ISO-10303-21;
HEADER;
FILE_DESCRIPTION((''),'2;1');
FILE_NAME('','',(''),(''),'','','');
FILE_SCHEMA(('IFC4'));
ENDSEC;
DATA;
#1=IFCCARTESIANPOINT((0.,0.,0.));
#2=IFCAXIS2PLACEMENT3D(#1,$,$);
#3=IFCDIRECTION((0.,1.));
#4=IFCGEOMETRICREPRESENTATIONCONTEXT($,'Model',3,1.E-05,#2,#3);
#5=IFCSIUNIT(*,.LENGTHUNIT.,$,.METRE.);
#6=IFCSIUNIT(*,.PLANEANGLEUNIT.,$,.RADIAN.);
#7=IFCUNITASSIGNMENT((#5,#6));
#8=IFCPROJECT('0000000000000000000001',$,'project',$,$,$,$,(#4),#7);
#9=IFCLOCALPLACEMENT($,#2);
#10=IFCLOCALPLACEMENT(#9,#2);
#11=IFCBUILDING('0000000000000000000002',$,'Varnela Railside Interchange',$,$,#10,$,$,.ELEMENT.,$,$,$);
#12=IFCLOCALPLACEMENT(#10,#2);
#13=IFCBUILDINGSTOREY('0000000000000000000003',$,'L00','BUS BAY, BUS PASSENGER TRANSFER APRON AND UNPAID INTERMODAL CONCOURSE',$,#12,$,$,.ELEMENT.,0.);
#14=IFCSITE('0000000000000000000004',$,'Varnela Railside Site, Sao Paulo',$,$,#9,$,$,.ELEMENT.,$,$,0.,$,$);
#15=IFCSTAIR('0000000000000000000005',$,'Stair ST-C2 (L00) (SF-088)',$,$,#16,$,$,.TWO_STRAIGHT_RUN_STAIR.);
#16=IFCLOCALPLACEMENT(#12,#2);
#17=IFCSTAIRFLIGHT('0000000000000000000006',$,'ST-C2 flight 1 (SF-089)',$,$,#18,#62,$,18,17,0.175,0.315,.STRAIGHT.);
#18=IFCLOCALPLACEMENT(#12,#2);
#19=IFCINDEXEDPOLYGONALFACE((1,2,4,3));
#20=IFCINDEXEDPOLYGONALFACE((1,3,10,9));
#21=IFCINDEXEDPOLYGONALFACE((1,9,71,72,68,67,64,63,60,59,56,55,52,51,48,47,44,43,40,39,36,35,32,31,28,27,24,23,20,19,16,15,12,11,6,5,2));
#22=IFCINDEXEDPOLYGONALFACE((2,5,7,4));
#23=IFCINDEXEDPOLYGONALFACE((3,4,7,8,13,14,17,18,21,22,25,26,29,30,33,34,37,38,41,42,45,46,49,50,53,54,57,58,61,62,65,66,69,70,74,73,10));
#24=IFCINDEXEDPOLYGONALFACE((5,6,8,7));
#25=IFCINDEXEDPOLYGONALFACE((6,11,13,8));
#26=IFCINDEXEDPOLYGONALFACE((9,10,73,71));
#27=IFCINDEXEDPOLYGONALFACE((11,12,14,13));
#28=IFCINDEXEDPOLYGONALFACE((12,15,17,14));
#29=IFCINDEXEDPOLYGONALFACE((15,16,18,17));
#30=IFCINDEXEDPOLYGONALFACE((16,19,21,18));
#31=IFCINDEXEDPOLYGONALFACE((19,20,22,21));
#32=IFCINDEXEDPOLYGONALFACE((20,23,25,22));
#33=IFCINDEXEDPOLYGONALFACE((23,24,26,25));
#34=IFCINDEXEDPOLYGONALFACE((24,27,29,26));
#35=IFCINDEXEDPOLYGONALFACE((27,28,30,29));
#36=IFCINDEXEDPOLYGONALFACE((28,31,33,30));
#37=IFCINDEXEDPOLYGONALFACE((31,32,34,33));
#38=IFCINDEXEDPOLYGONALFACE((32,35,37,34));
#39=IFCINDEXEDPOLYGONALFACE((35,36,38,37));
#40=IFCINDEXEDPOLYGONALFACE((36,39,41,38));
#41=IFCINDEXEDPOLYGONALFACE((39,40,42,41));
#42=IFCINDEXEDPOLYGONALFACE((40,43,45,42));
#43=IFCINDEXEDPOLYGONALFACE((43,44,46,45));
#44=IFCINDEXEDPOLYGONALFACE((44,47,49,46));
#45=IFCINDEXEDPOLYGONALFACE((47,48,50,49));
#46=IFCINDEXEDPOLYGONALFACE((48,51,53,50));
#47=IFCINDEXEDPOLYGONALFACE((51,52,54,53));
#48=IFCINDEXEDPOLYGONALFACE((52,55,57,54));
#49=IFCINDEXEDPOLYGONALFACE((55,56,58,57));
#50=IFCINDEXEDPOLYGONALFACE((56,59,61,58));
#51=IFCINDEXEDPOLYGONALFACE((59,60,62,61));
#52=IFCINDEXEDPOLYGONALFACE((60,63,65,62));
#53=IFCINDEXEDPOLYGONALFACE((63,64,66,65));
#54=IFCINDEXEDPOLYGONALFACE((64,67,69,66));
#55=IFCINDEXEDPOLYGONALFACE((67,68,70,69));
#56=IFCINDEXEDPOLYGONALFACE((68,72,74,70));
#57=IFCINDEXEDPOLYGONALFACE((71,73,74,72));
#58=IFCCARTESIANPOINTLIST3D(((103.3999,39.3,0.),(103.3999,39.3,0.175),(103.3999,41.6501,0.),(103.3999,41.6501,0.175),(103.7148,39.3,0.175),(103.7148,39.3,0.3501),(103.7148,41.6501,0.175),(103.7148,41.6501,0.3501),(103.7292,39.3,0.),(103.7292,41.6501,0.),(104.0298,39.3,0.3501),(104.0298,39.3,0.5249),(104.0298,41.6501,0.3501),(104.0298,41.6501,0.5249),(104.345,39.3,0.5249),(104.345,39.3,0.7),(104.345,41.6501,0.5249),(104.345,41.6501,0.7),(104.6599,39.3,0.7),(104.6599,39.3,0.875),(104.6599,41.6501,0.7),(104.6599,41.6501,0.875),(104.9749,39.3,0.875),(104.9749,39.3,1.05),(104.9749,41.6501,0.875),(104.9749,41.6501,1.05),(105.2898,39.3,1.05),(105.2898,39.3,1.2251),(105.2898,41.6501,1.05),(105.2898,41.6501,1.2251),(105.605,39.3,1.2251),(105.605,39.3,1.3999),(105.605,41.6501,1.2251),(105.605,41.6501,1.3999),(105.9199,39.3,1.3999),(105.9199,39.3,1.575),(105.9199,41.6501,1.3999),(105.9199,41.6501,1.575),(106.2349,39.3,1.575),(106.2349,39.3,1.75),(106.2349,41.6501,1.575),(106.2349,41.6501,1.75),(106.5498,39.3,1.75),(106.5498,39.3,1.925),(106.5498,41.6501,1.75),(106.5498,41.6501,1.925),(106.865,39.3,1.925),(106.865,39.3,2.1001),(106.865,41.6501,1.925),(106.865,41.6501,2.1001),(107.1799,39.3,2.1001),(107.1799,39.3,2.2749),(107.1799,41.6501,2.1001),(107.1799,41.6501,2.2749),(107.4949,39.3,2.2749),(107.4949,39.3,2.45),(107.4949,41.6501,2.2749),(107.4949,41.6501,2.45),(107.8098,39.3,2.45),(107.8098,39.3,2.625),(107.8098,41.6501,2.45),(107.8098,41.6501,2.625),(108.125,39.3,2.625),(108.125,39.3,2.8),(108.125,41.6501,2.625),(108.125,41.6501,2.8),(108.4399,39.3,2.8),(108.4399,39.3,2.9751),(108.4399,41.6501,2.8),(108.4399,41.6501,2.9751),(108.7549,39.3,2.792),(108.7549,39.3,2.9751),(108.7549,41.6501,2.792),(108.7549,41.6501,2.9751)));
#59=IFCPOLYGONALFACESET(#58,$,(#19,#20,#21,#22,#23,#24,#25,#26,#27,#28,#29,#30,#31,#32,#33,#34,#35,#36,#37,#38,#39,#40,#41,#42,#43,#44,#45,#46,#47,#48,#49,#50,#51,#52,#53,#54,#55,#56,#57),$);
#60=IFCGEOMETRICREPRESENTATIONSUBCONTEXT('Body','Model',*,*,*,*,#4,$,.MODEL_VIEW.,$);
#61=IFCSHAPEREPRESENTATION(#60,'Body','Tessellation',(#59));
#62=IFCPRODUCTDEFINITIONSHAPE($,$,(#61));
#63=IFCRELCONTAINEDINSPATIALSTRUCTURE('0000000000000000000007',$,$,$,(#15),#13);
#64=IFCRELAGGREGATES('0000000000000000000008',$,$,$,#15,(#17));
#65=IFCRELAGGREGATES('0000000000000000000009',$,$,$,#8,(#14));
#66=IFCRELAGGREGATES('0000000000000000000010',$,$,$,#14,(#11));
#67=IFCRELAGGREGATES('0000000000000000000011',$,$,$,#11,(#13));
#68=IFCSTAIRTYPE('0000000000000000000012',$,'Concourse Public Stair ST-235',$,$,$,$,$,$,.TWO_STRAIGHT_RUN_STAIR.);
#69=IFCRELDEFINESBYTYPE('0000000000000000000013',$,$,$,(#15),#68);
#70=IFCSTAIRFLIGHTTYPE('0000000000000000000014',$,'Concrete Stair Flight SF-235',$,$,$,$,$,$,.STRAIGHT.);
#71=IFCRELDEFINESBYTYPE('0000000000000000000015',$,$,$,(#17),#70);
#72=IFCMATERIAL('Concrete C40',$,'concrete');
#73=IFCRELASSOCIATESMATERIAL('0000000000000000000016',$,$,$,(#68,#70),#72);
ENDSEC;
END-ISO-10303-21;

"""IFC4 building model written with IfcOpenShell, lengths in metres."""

from ifc_helpers import new_model, si_unit, direction, frame, origin, place, context, subcontext, project, spatial, polyline, outline, extrude, material, type_object, element, aggregate, save


model = new_model("IFC4")

# Units and contexts
model_context = context("Model", 3, precision=1e-05, world=origin(), true_north=direction((0.0, 1.0)))
body_context = subcontext(model_context, "Body", "Model", "MODEL_VIEW")
ifc_project = project(units=[si_unit("LENGTHUNIT", "METRE"), si_unit("PLANEANGLEUNIT", "RADIAN")], contexts=[model_context])

# Site, building, storey
site_placement = place(None, origin())
site = spatial("IfcSite", under=ifc_project, at=site_placement, Name="Varnela Railside Site, Sao Paulo", CompositionType="ELEMENT", RefElevation=0.0)
building_placement = place(site_placement, origin())
building = spatial("IfcBuilding", under=site, at=building_placement, Name="Varnela Railside Interchange", CompositionType="ELEMENT")
storey_placement = place(building_placement, origin())
storey = spatial("IfcBuildingStorey", under=building, at=storey_placement, Name="L00", Description="BUS BAY, BUS PASSENGER TRANSFER APRON AND UNPAID INTERMODAL CONCOURSE", CompositionType="ELEMENT", Elevation=0.0)

# Shared definitions
ifc_material_1 = material(Name="Concrete C40", Category="concrete")

# Stair, stair flight
stair_type = type_object("IfcStairType", Name="Concourse Public Stair ST-235", PredefinedType="TWO_STRAIGHT_RUN_STAIR", material=ifc_material_1)
stair_placement = place(storey_placement, origin())
stair = element("IfcStair", 1, at=stair_placement, inside=storey, type_object=stair_type, Name="Stair ST-C2 (L00) (SF-088)", PredefinedType="TWO_STRAIGHT_RUN_STAIR")
stair_flight_type = type_object("IfcStairFlightType", Name="Concrete Stair Flight SF-235", PredefinedType="STRAIGHT", material=ifc_material_1)
stair_flight_placement = place(storey_placement, frame((103.3999, 40.4751, 0.0), z_axis=(0.0, 0.0, 1.0), x_axis=(1.0, 0.0, 0.0)))
stair_flight = element("IfcStairFlight", 2, at=stair_flight_placement, type_object=stair_flight_type, Name="ST-C2 flight 1 (SF-089)", NumberOfRisers=18, NumberOfTreads=17, PredefinedType="STRAIGHT", RiserHeight=0.175, TreadLength=0.315, context=body_context, shape_type="SweptSolid", body=[
    extrude(outline(polyline([(0.0, 0.0), (0.0, 0.175), (0.3149, 0.175), (0.3149, 0.3501), (0.6299, 0.3501), (0.6299, 0.5249), (0.9451, 0.5249), (0.9451, 0.7), (1.26, 0.7), (1.26, 0.875), (1.575, 0.875), (1.575, 1.05), (1.8899, 1.05), (1.8899, 1.2251), (2.2051, 1.2251), (2.2051, 1.3999), (2.52, 1.3999), (2.52, 1.575), (2.835, 1.575), (2.835, 1.75), (3.1499, 1.75), (3.1499, 1.925), (3.4651, 1.925), (3.4651, 2.1001), (3.78, 2.1001), (3.78, 2.2749), (4.095, 2.2749), (4.095, 2.45), (4.4099, 2.45), (4.4099, 2.625), (4.7251, 2.625), (4.7251, 2.8), (5.04, 2.8), (5.04, 2.9751), (5.355, 2.9751), (5.355, 3.1499), (5.355, 2.792), (0.3293, 0.0), (0.0, 0.0)])), frame((0.0, 1.175, 0.0), z_axis=(0.0, -1.0, 0.0), x_axis=(1.0, 0.0, 0.0)), (0.0, 0.0, 1.0), 2.3501),
])
aggregate(stair, [stair_flight])

save(model, "model.ifc")
